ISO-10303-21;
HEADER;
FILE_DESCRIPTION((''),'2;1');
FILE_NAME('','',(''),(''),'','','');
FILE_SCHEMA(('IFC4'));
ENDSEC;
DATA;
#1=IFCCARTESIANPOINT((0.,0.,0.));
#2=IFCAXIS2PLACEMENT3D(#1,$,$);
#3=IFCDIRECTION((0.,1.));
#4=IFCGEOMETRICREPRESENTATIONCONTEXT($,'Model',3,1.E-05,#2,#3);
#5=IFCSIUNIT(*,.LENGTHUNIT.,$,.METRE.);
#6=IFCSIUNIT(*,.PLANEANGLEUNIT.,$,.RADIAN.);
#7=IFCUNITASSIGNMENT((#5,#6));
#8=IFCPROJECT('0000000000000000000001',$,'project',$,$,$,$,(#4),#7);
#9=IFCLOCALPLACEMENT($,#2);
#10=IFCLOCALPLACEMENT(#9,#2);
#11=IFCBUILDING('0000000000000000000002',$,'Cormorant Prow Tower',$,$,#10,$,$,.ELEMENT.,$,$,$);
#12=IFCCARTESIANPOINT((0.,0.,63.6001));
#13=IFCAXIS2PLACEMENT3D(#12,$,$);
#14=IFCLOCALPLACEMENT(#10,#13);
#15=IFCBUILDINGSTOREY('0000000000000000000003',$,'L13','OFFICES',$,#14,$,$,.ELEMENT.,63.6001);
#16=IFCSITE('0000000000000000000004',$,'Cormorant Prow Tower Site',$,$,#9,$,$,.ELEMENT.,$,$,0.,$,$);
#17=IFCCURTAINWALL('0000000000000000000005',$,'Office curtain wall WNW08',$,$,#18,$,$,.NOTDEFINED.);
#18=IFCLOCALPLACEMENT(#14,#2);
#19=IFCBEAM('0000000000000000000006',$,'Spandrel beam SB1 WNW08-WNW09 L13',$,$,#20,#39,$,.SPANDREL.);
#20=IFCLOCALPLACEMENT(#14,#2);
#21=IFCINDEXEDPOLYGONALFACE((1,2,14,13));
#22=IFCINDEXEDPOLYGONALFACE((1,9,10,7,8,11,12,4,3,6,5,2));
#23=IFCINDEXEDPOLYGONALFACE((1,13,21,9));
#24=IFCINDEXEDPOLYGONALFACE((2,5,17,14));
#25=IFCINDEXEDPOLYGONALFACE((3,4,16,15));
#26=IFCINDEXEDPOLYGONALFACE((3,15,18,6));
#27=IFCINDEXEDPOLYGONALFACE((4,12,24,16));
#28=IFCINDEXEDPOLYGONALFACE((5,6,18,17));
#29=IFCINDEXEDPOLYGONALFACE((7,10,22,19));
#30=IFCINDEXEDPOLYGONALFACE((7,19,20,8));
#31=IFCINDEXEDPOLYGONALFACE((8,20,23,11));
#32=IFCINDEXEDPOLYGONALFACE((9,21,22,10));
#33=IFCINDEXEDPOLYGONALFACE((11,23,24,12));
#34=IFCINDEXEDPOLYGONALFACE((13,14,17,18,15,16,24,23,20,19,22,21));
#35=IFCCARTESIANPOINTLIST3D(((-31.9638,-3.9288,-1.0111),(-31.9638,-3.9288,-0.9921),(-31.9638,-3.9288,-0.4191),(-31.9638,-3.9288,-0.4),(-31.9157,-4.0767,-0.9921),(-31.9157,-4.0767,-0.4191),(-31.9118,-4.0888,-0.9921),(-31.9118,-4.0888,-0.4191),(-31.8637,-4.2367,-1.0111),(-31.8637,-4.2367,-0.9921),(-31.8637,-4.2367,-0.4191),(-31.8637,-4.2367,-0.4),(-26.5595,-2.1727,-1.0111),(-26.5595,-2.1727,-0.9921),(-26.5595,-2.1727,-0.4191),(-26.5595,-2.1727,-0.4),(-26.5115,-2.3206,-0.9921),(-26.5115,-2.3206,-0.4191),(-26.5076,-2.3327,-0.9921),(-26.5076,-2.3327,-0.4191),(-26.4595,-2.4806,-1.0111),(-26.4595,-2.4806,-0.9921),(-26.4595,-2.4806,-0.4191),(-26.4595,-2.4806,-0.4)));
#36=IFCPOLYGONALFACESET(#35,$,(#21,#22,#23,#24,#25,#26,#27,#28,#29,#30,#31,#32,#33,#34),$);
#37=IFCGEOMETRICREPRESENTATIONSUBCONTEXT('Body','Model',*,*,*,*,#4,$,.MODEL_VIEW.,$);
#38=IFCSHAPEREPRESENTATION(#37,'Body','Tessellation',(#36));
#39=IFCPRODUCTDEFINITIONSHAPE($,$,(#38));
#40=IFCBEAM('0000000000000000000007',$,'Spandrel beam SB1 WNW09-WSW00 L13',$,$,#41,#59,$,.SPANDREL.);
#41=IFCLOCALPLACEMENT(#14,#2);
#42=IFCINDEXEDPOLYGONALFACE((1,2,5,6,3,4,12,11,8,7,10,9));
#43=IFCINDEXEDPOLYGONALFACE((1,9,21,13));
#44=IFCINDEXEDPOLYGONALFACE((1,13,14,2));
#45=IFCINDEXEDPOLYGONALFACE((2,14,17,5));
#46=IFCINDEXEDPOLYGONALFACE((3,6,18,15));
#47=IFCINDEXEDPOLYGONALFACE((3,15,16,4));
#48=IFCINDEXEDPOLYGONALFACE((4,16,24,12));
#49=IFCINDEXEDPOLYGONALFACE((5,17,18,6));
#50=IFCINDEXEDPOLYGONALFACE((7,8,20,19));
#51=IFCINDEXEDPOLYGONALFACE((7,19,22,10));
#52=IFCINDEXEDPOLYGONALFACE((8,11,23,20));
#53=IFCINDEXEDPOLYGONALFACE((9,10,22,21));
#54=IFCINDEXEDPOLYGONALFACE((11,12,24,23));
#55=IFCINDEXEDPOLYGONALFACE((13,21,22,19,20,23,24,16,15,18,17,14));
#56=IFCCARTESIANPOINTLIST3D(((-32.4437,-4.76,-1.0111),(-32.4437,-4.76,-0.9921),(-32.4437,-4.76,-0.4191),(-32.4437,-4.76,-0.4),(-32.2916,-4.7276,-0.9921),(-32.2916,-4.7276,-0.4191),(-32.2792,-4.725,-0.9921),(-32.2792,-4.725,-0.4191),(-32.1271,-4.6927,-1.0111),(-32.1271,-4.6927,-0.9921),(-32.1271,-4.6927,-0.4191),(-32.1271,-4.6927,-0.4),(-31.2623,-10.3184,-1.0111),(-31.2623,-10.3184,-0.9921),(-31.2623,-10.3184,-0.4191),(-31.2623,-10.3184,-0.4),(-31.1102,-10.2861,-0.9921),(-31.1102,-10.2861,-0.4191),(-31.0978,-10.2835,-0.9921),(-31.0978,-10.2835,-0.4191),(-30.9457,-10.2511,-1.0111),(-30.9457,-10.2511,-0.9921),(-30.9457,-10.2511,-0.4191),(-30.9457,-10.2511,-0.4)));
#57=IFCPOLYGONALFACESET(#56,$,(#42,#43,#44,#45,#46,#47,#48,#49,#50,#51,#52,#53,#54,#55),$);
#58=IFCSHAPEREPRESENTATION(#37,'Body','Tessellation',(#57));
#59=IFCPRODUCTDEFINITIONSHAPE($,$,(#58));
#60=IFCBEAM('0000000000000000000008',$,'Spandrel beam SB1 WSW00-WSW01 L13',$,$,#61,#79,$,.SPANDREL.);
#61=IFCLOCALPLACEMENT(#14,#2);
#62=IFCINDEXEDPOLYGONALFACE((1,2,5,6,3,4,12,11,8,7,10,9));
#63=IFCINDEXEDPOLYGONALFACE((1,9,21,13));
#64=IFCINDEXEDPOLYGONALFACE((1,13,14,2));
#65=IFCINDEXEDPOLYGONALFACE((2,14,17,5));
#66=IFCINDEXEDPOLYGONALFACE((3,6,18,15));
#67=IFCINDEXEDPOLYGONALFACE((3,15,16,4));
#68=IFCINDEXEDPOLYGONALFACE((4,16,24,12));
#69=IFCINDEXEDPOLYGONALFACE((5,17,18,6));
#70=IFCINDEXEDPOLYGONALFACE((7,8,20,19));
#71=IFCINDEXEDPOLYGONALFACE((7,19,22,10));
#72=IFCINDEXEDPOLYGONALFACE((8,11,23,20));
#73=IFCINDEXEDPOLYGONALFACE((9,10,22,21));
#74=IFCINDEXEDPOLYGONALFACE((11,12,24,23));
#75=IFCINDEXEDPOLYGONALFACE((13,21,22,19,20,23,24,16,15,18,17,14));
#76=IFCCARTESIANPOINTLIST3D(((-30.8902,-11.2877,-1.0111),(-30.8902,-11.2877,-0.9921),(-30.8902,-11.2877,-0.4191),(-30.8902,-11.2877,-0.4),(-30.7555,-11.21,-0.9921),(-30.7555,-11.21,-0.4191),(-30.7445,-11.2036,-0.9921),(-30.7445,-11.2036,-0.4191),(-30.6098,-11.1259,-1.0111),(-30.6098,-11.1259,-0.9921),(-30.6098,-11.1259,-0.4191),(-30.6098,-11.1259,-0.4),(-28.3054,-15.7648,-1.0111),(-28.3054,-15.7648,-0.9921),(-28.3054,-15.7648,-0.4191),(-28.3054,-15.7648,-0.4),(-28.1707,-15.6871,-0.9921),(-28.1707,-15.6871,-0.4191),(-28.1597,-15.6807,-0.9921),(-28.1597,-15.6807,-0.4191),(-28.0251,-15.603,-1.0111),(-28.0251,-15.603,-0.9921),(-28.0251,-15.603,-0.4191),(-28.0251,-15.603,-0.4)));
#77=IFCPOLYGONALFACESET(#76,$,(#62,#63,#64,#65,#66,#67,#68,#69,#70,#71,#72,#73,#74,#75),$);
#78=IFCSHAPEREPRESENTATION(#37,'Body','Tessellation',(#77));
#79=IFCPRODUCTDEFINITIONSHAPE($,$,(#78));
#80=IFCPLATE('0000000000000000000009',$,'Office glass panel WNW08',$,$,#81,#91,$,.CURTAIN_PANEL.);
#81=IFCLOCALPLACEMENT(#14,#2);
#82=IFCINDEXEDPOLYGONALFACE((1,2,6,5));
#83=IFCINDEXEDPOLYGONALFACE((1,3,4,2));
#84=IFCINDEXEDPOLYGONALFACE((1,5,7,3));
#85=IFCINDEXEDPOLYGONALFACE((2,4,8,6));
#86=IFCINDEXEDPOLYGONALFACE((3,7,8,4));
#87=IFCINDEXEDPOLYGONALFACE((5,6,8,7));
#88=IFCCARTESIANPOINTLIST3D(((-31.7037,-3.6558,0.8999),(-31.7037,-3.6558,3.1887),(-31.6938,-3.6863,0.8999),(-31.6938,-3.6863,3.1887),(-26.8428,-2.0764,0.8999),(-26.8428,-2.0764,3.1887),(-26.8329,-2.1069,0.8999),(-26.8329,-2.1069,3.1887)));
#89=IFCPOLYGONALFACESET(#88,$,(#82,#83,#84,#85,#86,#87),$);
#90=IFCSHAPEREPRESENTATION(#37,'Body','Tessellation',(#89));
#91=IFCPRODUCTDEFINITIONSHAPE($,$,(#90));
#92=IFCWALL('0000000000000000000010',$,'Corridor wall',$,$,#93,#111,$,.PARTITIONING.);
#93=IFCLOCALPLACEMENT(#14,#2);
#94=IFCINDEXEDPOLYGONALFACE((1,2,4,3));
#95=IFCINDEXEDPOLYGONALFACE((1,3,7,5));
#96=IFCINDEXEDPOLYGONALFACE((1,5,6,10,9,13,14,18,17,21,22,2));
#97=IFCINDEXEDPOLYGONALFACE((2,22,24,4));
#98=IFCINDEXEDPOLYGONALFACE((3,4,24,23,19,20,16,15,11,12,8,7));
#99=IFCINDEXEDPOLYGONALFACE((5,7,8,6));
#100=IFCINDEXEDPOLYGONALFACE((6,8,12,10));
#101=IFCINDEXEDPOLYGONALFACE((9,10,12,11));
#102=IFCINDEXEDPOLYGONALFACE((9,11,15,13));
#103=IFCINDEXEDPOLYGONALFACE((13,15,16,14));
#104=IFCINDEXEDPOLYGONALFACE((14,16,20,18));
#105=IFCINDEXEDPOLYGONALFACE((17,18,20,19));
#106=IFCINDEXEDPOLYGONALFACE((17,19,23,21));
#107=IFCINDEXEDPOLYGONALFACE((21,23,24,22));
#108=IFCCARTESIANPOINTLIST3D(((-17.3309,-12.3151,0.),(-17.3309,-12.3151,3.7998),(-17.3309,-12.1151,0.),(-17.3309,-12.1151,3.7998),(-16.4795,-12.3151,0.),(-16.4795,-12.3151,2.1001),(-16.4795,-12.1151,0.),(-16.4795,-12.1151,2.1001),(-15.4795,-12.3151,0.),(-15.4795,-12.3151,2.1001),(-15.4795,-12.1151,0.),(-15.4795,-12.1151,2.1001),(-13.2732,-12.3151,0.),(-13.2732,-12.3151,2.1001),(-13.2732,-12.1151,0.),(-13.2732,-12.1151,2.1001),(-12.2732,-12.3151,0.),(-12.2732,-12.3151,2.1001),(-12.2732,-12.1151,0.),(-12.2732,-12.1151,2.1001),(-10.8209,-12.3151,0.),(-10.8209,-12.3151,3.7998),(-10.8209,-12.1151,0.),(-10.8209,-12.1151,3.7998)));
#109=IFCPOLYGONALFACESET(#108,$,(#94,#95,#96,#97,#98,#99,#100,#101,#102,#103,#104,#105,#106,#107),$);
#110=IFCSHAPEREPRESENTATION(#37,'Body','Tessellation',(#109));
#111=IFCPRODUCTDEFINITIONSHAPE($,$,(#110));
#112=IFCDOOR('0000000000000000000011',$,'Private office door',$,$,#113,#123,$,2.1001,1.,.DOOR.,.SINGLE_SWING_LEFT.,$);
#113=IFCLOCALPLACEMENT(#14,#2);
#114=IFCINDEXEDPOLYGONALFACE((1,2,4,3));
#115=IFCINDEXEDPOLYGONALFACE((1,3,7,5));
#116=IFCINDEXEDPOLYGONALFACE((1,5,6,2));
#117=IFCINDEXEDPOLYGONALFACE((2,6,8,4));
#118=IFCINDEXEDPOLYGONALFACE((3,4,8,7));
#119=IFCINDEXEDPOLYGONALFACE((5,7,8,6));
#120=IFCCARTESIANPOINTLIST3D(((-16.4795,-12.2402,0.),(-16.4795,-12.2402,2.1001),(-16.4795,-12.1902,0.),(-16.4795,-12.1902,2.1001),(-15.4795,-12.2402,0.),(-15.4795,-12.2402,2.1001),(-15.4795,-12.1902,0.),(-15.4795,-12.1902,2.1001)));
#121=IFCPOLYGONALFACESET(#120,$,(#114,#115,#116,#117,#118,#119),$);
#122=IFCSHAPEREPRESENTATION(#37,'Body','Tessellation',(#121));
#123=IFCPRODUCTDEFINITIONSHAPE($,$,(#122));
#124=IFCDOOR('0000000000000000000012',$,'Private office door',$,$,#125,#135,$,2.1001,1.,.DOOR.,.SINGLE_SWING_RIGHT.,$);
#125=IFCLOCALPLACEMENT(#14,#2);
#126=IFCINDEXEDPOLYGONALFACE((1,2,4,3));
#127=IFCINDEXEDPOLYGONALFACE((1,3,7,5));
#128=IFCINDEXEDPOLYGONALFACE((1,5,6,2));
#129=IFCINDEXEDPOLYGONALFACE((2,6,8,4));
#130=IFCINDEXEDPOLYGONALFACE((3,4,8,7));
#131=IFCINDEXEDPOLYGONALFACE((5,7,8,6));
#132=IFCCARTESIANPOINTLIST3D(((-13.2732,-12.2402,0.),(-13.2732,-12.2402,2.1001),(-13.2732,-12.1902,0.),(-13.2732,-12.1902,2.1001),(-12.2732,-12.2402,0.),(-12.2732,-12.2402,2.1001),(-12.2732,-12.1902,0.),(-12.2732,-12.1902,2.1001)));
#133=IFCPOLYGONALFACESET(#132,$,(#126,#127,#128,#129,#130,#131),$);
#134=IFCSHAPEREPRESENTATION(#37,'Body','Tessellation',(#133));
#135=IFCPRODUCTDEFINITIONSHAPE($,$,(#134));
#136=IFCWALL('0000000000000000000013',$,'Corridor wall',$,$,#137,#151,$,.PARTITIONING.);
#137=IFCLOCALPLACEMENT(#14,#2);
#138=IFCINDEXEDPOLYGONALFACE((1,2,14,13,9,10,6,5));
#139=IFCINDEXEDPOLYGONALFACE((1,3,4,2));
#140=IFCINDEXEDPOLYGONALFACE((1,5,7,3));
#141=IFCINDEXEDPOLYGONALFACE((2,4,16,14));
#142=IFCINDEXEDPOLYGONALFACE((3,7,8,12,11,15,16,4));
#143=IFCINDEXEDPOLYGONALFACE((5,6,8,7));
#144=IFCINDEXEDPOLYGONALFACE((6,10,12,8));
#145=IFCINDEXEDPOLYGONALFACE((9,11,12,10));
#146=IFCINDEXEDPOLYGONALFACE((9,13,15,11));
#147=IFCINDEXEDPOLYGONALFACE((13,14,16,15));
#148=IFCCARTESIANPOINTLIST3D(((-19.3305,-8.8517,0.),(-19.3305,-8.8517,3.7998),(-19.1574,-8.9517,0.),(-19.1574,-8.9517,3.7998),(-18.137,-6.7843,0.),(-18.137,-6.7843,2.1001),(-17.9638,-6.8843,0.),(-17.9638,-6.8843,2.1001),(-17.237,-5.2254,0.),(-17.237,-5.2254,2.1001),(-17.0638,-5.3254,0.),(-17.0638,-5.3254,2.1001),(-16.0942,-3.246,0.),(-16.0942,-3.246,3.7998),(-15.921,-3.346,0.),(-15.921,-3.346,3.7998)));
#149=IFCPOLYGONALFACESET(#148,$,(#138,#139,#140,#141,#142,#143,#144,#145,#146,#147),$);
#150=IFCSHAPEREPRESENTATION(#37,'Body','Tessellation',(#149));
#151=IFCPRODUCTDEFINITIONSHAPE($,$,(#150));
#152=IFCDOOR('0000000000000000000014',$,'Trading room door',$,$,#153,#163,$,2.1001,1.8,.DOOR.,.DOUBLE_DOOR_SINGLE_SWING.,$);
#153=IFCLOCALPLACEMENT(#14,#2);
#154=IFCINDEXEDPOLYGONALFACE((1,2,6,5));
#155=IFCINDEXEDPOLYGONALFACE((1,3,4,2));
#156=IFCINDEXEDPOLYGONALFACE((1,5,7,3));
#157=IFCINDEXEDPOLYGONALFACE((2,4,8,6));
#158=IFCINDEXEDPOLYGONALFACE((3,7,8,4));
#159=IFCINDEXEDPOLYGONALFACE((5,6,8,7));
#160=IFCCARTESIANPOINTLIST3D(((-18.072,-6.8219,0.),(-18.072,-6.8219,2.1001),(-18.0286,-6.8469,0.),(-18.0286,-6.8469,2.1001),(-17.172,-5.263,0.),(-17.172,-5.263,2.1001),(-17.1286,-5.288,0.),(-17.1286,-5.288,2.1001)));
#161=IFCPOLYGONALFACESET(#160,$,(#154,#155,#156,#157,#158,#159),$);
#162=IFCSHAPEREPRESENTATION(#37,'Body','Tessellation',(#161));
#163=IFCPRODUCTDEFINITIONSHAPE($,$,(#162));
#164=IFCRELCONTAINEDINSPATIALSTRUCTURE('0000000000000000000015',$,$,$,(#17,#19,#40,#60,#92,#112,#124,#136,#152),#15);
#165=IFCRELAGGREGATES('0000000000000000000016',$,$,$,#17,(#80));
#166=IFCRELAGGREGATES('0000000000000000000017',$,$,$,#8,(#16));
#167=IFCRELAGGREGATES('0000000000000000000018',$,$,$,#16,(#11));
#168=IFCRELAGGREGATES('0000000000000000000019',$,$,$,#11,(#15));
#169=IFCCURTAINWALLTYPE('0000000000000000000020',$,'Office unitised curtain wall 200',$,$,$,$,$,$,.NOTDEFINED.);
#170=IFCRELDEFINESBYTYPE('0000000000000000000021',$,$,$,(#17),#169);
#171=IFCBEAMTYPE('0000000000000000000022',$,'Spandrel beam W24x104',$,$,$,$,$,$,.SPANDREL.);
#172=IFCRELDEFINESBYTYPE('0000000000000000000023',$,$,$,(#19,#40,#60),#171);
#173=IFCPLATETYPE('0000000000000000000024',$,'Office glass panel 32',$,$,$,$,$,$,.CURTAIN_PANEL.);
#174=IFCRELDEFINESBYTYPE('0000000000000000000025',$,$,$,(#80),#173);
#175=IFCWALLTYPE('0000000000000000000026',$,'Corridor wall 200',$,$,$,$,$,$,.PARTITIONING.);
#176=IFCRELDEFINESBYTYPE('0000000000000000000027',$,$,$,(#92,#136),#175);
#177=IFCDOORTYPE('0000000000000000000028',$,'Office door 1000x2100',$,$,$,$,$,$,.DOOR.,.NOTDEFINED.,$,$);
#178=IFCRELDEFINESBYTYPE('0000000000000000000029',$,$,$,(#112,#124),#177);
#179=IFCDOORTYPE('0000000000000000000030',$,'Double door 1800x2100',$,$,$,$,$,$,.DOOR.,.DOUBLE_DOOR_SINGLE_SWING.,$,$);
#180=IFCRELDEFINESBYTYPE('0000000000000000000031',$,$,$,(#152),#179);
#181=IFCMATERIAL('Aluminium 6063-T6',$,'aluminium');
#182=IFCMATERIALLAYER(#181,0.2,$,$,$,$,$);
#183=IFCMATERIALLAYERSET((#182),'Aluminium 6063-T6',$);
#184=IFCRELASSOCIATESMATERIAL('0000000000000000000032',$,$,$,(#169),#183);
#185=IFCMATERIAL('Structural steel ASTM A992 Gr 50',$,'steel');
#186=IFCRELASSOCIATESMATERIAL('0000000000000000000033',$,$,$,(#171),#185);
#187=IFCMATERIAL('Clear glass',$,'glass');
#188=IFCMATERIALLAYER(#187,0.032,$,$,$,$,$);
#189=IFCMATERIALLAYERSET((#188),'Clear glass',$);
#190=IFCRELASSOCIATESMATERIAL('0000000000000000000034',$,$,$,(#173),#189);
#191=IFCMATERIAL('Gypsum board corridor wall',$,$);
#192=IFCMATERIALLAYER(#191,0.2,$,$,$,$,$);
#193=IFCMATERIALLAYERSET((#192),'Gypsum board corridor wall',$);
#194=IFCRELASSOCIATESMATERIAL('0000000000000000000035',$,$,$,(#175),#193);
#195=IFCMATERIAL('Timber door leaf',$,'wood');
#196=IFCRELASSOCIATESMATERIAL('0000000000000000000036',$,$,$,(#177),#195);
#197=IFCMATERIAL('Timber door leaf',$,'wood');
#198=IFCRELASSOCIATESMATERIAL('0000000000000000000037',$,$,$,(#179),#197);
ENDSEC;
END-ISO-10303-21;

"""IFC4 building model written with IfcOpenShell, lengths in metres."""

from ifc_helpers import new_model, si_unit, direction, frame, frame_2d, origin, origin_2d, place, context, subcontext, project, spatial, rectangle, i_section, extrude, material, layer, layer_set, material_profile, profile_set, type_object, element, fill, aggregate, save


model = new_model("IFC4")

# Units and contexts
model_context = context("Model", 3, precision=1e-05, world=origin(), true_north=direction((0.0, 1.0)))
body_context = subcontext(model_context, "Body", "Model", "MODEL_VIEW")
ifc_project = project(units=[si_unit("LENGTHUNIT", "METRE"), si_unit("PLANEANGLEUNIT", "RADIAN")], contexts=[model_context])

# Site, building, storey
site_placement = place(None, origin())
site = spatial("IfcSite", under=ifc_project, at=site_placement, Name="Cormorant Prow Tower Site", CompositionType="ELEMENT", RefElevation=0.0)
building_placement = place(site_placement, origin())
building = spatial("IfcBuilding", under=site, at=building_placement, Name="Cormorant Prow Tower", CompositionType="ELEMENT")
storey_placement = place(building_placement, frame((0.0, 0.0, 63.6001)))
storey = spatial("IfcBuildingStorey", under=building, at=storey_placement, Name="L13", Description="OFFICES", CompositionType="ELEMENT", Elevation=63.6001)

# Curtain wall
ifc_material_1 = material(Name="Aluminium 6063-T6", Category="aluminium")
ifc_layer_1 = layer(ifc_material_1, 0.2)
ifc_layer_set_1 = layer_set([ifc_layer_1], Name="Aluminium 6063-T6")
curtain_wall_type = type_object("IfcCurtainWallType", Name="Office unitised curtain wall 200", PredefinedType="NOTDEFINED", material=ifc_layer_set_1)
curtain_wall_placement = place(storey_placement, origin())
curtain_wall = element("IfcCurtainWall", 1, at=curtain_wall_placement, inside=storey, type_object=curtain_wall_type, Name="Office curtain wall WNW08", PredefinedType="NOTDEFINED")

# Beams
ifc_material_2 = material(Name="Structural steel ASTM A992 Gr 50", Category="steel")
ifc_material_profile_1 = material_profile(ifc_material_2, i_section(OverallWidth=0.3237, OverallDepth=0.6111, WebThickness=0.0127, FlangeThickness=0.019, at=origin_2d()), Name="W24x104")
ifc_profile_set_1 = profile_set([ifc_material_profile_1], Name="Structural steel ASTM A992 Gr 50")
beam_type_1 = type_object("IfcBeamType", Name="Spandrel beam W24x104", PredefinedType="SPANDREL", material=ifc_profile_set_1)
beam_1_placement = place(storey_placement, frame((-26.5095, -2.3267, -0.7056), z_axis=(-0.951049, -0.309039, 0.0), x_axis=(0.309039, -0.951049, 0.0)))
element("IfcBeam", 2, at=beam_1_placement, inside=storey, type_object=beam_type_1, Name="Spandrel beam SB1 WNW08-WNW09 L13", PredefinedType="SPANDREL", context=body_context, shape_type="SweptSolid", body=[
    extrude(i_section(OverallWidth=0.3237, OverallDepth=0.6111, WebThickness=0.0127, FlangeThickness=0.019, at=origin_2d()), origin(), (0.0, 0.0, 1.0), 5.6824),
])
beam_2_placement = place(storey_placement, frame((-32.2854, -4.7263, -0.7056), z_axis=(0.2079, -0.97815, 0.0), x_axis=(0.97815, 0.2079, 0.0)))
element("IfcBeam", 3, at=beam_2_placement, inside=storey, type_object=beam_type_1, Name="Spandrel beam SB1 WNW09-WSW00 L13", PredefinedType="SPANDREL", context=body_context, shape_type="SweptSolid", body=[
    extrude(i_section(OverallWidth=0.3237, OverallDepth=0.6111, WebThickness=0.0127, FlangeThickness=0.019, at=origin_2d()), origin(), (0.0, 0.0, 1.0), 5.6826),
])
beam_3_placement = place(storey_placement, frame((-30.75, -11.2068, -0.7056), z_axis=(0.499984, -0.866035, 0.0), x_axis=(0.866035, 0.499984, 0.0)))
element("IfcBeam", 4, at=beam_3_placement, inside=storey, type_object=beam_type_1, Name="Spandrel beam SB1 WSW00-WSW01 L13", PredefinedType="SPANDREL", context=body_context, shape_type="SweptSolid", body=[
    extrude(i_section(OverallWidth=0.3237, OverallDepth=0.6111, WebThickness=0.0127, FlangeThickness=0.019, at=origin_2d()), origin(), (0.0, 0.0, 1.0), 5.1697),
])

# Plate
ifc_material_3 = material(Name="Clear glass", Category="glass")
ifc_layer_2 = layer(ifc_material_3, 0.032)
ifc_layer_set_2 = layer_set([ifc_layer_2], Name="Clear glass")
plate_type = type_object("IfcPlateType", Name="Office glass panel 32", PredefinedType="CURTAIN_PANEL", material=ifc_layer_set_2)
plate_placement = place(storey_placement, frame((-29.2683, -2.8813, 0.8999), z_axis=(0.0, 0.0, 1.0), x_axis=(-0.951057, -0.309017, 0.0)))
plate = element("IfcPlate", 5, at=plate_placement, type_object=plate_type, Name="Office glass panel WNW08", PredefinedType="CURTAIN_PANEL", context=body_context, shape_type="SweptSolid", body=[
    extrude(rectangle(XDim=5.1111, YDim=0.032, at=origin_2d()), origin(), (0.0, 0.0, 1.0), 2.2888),
])
aggregate(curtain_wall, [plate])

# Wall, openings, doors
ifc_material_4 = material(Name="Gypsum board corridor wall")
ifc_layer_3 = layer(ifc_material_4, 0.2)
ifc_layer_set_3 = layer_set([ifc_layer_3], Name="Gypsum board corridor wall")
wall_type_1 = type_object("IfcWallType", Name="Corridor wall 200", PredefinedType="PARTITIONING", material=ifc_layer_set_3)
wall_1_placement = place(storey_placement, frame((-17.3308, -12.2151, 0.0), z_axis=(0.0, 0.0, 1.0), x_axis=(1.0, 0.0, 0.0)))
wall_1 = element("IfcWall", 6, at=wall_1_placement, inside=storey, type_object=wall_type_1, Name="Corridor wall", PredefinedType="PARTITIONING", context=body_context, shape_type="SweptSolid", body=[
    extrude(rectangle(XDim=6.51, YDim=0.2, at=frame_2d((3.2549, 0.0))), origin(), (0.0, 0.0, 1.0), 3.7998),
])
opening_1_placement = place(wall_1_placement, frame((0.8513, 0.0, 0.0)))
opening_1 = element("IfcOpeningElement", 7, at=opening_1_placement, cuts=wall_1, PredefinedType="OPENING", context=body_context, shape_type="SweptSolid", body=[
    extrude(rectangle(XDim=1.0, YDim=2.1001, at=frame_2d((0.5, 1.05))), frame((0.0, 0.1099, 0.0), z_axis=(0.0, -1.0, 0.0), x_axis=(1.0, 0.0, 0.0)), (0.0, 0.0, 1.0), 0.22),
])
opening_2_placement = place(wall_1_placement, frame((4.0576, 0.0, 0.0)))
opening_2 = element("IfcOpeningElement", 8, at=opening_2_placement, cuts=wall_1, PredefinedType="OPENING", context=body_context, shape_type="SweptSolid", body=[
    extrude(rectangle(XDim=1.0, YDim=2.1001, at=frame_2d((0.5, 1.05))), frame((0.0, 0.1099, 0.0), z_axis=(0.0, -1.0, 0.0), x_axis=(1.0, 0.0, 0.0)), (0.0, 0.0, 1.0), 0.22),
])
ifc_material_5 = material(Name="Timber door leaf", Category="wood")
door_type_1 = type_object("IfcDoorType", Name="Office door 1000x2100", OperationType="NOTDEFINED", PredefinedType="DOOR", material=ifc_material_5)
door_1_placement = place(opening_1_placement, origin())
door_1 = element("IfcDoor", 9, at=door_1_placement, inside=storey, type_object=door_type_1, Name="Private office door", OperationType="SINGLE_SWING_LEFT", OverallHeight=2.1001, OverallWidth=1.0, PredefinedType="DOOR", context=body_context, shape_type="SweptSolid", body=[
    extrude(rectangle(XDim=1.0, YDim=2.1001, at=frame_2d((0.5, 1.05))), frame((0.0, 0.0249, 0.0), z_axis=(0.0, -1.0, 0.0), x_axis=(1.0, 0.0, 0.0)), (0.0, 0.0, 1.0), 0.05),
])
fill(opening_1, door_1)
door_2_placement = place(opening_2_placement, origin())
door_2 = element("IfcDoor", 10, at=door_2_placement, inside=storey, type_object=door_type_1, Name="Private office door", OperationType="SINGLE_SWING_RIGHT", OverallHeight=2.1001, OverallWidth=1.0, PredefinedType="DOOR", context=body_context, shape_type="SweptSolid", body=[
    extrude(rectangle(XDim=1.0, YDim=2.1001, at=frame_2d((0.5, 1.05))), frame((0.0, 0.0249, 0.0), z_axis=(0.0, -1.0, 0.0), x_axis=(1.0, 0.0, 0.0)), (0.0, 0.0, 1.0), 0.05),
])
fill(opening_2, door_2)

# Wall, opening, door
wall_2_placement = place(storey_placement, frame((-19.2439, -8.9016, 0.0), z_axis=(0.0, 0.0, 1.0), x_axis=(0.499985, 0.866034, 0.0)))
wall_2 = element("IfcWall", 11, at=wall_2_placement, inside=storey, type_object=wall_type_1, Name="Corridor wall", PredefinedType="PARTITIONING", context=body_context, shape_type="SweptSolid", body=[
    extrude(rectangle(XDim=6.4729, YDim=0.2, at=frame_2d((3.2363, 0.0))), origin(), (0.0, 0.0, 1.0), 3.7998),
])
opening_3_placement = place(wall_2_placement, frame((2.3872, 0.0, 0.0)))
opening_3 = element("IfcOpeningElement", 12, at=opening_3_placement, cuts=wall_2, PredefinedType="OPENING", context=body_context, shape_type="SweptSolid", body=[
    extrude(rectangle(XDim=1.8, YDim=2.1001, at=frame_2d((0.8999, 1.05))), frame((0.0, 0.1099, 0.0), z_axis=(0.0, -1.0, 0.0), x_axis=(1.0, 0.0, 0.0)), (0.0, 0.0, 1.0), 0.22),
])
ifc_material_6 = material(Name="Timber door leaf", Category="wood")
door_type_2 = type_object("IfcDoorType", Name="Double door 1800x2100", OperationType="DOUBLE_DOOR_SINGLE_SWING", PredefinedType="DOOR", material=ifc_material_6)
door_3_placement = place(opening_3_placement, origin())
door_3 = element("IfcDoor", 13, at=door_3_placement, inside=storey, type_object=door_type_2, Name="Trading room door", OperationType="DOUBLE_DOOR_SINGLE_SWING", OverallHeight=2.1001, OverallWidth=1.8, PredefinedType="DOOR", context=body_context, shape_type="SweptSolid", body=[
    extrude(rectangle(XDim=1.8, YDim=2.1001, at=frame_2d((0.8999, 1.05))), frame((0.0, 0.0249, 0.0), z_axis=(0.0, -1.0, 0.0), x_axis=(1.0, 0.0, 0.0)), (0.0, 0.0, 1.0), 0.05),
])
fill(opening_3, door_3)

save(model, "model.ifc")
